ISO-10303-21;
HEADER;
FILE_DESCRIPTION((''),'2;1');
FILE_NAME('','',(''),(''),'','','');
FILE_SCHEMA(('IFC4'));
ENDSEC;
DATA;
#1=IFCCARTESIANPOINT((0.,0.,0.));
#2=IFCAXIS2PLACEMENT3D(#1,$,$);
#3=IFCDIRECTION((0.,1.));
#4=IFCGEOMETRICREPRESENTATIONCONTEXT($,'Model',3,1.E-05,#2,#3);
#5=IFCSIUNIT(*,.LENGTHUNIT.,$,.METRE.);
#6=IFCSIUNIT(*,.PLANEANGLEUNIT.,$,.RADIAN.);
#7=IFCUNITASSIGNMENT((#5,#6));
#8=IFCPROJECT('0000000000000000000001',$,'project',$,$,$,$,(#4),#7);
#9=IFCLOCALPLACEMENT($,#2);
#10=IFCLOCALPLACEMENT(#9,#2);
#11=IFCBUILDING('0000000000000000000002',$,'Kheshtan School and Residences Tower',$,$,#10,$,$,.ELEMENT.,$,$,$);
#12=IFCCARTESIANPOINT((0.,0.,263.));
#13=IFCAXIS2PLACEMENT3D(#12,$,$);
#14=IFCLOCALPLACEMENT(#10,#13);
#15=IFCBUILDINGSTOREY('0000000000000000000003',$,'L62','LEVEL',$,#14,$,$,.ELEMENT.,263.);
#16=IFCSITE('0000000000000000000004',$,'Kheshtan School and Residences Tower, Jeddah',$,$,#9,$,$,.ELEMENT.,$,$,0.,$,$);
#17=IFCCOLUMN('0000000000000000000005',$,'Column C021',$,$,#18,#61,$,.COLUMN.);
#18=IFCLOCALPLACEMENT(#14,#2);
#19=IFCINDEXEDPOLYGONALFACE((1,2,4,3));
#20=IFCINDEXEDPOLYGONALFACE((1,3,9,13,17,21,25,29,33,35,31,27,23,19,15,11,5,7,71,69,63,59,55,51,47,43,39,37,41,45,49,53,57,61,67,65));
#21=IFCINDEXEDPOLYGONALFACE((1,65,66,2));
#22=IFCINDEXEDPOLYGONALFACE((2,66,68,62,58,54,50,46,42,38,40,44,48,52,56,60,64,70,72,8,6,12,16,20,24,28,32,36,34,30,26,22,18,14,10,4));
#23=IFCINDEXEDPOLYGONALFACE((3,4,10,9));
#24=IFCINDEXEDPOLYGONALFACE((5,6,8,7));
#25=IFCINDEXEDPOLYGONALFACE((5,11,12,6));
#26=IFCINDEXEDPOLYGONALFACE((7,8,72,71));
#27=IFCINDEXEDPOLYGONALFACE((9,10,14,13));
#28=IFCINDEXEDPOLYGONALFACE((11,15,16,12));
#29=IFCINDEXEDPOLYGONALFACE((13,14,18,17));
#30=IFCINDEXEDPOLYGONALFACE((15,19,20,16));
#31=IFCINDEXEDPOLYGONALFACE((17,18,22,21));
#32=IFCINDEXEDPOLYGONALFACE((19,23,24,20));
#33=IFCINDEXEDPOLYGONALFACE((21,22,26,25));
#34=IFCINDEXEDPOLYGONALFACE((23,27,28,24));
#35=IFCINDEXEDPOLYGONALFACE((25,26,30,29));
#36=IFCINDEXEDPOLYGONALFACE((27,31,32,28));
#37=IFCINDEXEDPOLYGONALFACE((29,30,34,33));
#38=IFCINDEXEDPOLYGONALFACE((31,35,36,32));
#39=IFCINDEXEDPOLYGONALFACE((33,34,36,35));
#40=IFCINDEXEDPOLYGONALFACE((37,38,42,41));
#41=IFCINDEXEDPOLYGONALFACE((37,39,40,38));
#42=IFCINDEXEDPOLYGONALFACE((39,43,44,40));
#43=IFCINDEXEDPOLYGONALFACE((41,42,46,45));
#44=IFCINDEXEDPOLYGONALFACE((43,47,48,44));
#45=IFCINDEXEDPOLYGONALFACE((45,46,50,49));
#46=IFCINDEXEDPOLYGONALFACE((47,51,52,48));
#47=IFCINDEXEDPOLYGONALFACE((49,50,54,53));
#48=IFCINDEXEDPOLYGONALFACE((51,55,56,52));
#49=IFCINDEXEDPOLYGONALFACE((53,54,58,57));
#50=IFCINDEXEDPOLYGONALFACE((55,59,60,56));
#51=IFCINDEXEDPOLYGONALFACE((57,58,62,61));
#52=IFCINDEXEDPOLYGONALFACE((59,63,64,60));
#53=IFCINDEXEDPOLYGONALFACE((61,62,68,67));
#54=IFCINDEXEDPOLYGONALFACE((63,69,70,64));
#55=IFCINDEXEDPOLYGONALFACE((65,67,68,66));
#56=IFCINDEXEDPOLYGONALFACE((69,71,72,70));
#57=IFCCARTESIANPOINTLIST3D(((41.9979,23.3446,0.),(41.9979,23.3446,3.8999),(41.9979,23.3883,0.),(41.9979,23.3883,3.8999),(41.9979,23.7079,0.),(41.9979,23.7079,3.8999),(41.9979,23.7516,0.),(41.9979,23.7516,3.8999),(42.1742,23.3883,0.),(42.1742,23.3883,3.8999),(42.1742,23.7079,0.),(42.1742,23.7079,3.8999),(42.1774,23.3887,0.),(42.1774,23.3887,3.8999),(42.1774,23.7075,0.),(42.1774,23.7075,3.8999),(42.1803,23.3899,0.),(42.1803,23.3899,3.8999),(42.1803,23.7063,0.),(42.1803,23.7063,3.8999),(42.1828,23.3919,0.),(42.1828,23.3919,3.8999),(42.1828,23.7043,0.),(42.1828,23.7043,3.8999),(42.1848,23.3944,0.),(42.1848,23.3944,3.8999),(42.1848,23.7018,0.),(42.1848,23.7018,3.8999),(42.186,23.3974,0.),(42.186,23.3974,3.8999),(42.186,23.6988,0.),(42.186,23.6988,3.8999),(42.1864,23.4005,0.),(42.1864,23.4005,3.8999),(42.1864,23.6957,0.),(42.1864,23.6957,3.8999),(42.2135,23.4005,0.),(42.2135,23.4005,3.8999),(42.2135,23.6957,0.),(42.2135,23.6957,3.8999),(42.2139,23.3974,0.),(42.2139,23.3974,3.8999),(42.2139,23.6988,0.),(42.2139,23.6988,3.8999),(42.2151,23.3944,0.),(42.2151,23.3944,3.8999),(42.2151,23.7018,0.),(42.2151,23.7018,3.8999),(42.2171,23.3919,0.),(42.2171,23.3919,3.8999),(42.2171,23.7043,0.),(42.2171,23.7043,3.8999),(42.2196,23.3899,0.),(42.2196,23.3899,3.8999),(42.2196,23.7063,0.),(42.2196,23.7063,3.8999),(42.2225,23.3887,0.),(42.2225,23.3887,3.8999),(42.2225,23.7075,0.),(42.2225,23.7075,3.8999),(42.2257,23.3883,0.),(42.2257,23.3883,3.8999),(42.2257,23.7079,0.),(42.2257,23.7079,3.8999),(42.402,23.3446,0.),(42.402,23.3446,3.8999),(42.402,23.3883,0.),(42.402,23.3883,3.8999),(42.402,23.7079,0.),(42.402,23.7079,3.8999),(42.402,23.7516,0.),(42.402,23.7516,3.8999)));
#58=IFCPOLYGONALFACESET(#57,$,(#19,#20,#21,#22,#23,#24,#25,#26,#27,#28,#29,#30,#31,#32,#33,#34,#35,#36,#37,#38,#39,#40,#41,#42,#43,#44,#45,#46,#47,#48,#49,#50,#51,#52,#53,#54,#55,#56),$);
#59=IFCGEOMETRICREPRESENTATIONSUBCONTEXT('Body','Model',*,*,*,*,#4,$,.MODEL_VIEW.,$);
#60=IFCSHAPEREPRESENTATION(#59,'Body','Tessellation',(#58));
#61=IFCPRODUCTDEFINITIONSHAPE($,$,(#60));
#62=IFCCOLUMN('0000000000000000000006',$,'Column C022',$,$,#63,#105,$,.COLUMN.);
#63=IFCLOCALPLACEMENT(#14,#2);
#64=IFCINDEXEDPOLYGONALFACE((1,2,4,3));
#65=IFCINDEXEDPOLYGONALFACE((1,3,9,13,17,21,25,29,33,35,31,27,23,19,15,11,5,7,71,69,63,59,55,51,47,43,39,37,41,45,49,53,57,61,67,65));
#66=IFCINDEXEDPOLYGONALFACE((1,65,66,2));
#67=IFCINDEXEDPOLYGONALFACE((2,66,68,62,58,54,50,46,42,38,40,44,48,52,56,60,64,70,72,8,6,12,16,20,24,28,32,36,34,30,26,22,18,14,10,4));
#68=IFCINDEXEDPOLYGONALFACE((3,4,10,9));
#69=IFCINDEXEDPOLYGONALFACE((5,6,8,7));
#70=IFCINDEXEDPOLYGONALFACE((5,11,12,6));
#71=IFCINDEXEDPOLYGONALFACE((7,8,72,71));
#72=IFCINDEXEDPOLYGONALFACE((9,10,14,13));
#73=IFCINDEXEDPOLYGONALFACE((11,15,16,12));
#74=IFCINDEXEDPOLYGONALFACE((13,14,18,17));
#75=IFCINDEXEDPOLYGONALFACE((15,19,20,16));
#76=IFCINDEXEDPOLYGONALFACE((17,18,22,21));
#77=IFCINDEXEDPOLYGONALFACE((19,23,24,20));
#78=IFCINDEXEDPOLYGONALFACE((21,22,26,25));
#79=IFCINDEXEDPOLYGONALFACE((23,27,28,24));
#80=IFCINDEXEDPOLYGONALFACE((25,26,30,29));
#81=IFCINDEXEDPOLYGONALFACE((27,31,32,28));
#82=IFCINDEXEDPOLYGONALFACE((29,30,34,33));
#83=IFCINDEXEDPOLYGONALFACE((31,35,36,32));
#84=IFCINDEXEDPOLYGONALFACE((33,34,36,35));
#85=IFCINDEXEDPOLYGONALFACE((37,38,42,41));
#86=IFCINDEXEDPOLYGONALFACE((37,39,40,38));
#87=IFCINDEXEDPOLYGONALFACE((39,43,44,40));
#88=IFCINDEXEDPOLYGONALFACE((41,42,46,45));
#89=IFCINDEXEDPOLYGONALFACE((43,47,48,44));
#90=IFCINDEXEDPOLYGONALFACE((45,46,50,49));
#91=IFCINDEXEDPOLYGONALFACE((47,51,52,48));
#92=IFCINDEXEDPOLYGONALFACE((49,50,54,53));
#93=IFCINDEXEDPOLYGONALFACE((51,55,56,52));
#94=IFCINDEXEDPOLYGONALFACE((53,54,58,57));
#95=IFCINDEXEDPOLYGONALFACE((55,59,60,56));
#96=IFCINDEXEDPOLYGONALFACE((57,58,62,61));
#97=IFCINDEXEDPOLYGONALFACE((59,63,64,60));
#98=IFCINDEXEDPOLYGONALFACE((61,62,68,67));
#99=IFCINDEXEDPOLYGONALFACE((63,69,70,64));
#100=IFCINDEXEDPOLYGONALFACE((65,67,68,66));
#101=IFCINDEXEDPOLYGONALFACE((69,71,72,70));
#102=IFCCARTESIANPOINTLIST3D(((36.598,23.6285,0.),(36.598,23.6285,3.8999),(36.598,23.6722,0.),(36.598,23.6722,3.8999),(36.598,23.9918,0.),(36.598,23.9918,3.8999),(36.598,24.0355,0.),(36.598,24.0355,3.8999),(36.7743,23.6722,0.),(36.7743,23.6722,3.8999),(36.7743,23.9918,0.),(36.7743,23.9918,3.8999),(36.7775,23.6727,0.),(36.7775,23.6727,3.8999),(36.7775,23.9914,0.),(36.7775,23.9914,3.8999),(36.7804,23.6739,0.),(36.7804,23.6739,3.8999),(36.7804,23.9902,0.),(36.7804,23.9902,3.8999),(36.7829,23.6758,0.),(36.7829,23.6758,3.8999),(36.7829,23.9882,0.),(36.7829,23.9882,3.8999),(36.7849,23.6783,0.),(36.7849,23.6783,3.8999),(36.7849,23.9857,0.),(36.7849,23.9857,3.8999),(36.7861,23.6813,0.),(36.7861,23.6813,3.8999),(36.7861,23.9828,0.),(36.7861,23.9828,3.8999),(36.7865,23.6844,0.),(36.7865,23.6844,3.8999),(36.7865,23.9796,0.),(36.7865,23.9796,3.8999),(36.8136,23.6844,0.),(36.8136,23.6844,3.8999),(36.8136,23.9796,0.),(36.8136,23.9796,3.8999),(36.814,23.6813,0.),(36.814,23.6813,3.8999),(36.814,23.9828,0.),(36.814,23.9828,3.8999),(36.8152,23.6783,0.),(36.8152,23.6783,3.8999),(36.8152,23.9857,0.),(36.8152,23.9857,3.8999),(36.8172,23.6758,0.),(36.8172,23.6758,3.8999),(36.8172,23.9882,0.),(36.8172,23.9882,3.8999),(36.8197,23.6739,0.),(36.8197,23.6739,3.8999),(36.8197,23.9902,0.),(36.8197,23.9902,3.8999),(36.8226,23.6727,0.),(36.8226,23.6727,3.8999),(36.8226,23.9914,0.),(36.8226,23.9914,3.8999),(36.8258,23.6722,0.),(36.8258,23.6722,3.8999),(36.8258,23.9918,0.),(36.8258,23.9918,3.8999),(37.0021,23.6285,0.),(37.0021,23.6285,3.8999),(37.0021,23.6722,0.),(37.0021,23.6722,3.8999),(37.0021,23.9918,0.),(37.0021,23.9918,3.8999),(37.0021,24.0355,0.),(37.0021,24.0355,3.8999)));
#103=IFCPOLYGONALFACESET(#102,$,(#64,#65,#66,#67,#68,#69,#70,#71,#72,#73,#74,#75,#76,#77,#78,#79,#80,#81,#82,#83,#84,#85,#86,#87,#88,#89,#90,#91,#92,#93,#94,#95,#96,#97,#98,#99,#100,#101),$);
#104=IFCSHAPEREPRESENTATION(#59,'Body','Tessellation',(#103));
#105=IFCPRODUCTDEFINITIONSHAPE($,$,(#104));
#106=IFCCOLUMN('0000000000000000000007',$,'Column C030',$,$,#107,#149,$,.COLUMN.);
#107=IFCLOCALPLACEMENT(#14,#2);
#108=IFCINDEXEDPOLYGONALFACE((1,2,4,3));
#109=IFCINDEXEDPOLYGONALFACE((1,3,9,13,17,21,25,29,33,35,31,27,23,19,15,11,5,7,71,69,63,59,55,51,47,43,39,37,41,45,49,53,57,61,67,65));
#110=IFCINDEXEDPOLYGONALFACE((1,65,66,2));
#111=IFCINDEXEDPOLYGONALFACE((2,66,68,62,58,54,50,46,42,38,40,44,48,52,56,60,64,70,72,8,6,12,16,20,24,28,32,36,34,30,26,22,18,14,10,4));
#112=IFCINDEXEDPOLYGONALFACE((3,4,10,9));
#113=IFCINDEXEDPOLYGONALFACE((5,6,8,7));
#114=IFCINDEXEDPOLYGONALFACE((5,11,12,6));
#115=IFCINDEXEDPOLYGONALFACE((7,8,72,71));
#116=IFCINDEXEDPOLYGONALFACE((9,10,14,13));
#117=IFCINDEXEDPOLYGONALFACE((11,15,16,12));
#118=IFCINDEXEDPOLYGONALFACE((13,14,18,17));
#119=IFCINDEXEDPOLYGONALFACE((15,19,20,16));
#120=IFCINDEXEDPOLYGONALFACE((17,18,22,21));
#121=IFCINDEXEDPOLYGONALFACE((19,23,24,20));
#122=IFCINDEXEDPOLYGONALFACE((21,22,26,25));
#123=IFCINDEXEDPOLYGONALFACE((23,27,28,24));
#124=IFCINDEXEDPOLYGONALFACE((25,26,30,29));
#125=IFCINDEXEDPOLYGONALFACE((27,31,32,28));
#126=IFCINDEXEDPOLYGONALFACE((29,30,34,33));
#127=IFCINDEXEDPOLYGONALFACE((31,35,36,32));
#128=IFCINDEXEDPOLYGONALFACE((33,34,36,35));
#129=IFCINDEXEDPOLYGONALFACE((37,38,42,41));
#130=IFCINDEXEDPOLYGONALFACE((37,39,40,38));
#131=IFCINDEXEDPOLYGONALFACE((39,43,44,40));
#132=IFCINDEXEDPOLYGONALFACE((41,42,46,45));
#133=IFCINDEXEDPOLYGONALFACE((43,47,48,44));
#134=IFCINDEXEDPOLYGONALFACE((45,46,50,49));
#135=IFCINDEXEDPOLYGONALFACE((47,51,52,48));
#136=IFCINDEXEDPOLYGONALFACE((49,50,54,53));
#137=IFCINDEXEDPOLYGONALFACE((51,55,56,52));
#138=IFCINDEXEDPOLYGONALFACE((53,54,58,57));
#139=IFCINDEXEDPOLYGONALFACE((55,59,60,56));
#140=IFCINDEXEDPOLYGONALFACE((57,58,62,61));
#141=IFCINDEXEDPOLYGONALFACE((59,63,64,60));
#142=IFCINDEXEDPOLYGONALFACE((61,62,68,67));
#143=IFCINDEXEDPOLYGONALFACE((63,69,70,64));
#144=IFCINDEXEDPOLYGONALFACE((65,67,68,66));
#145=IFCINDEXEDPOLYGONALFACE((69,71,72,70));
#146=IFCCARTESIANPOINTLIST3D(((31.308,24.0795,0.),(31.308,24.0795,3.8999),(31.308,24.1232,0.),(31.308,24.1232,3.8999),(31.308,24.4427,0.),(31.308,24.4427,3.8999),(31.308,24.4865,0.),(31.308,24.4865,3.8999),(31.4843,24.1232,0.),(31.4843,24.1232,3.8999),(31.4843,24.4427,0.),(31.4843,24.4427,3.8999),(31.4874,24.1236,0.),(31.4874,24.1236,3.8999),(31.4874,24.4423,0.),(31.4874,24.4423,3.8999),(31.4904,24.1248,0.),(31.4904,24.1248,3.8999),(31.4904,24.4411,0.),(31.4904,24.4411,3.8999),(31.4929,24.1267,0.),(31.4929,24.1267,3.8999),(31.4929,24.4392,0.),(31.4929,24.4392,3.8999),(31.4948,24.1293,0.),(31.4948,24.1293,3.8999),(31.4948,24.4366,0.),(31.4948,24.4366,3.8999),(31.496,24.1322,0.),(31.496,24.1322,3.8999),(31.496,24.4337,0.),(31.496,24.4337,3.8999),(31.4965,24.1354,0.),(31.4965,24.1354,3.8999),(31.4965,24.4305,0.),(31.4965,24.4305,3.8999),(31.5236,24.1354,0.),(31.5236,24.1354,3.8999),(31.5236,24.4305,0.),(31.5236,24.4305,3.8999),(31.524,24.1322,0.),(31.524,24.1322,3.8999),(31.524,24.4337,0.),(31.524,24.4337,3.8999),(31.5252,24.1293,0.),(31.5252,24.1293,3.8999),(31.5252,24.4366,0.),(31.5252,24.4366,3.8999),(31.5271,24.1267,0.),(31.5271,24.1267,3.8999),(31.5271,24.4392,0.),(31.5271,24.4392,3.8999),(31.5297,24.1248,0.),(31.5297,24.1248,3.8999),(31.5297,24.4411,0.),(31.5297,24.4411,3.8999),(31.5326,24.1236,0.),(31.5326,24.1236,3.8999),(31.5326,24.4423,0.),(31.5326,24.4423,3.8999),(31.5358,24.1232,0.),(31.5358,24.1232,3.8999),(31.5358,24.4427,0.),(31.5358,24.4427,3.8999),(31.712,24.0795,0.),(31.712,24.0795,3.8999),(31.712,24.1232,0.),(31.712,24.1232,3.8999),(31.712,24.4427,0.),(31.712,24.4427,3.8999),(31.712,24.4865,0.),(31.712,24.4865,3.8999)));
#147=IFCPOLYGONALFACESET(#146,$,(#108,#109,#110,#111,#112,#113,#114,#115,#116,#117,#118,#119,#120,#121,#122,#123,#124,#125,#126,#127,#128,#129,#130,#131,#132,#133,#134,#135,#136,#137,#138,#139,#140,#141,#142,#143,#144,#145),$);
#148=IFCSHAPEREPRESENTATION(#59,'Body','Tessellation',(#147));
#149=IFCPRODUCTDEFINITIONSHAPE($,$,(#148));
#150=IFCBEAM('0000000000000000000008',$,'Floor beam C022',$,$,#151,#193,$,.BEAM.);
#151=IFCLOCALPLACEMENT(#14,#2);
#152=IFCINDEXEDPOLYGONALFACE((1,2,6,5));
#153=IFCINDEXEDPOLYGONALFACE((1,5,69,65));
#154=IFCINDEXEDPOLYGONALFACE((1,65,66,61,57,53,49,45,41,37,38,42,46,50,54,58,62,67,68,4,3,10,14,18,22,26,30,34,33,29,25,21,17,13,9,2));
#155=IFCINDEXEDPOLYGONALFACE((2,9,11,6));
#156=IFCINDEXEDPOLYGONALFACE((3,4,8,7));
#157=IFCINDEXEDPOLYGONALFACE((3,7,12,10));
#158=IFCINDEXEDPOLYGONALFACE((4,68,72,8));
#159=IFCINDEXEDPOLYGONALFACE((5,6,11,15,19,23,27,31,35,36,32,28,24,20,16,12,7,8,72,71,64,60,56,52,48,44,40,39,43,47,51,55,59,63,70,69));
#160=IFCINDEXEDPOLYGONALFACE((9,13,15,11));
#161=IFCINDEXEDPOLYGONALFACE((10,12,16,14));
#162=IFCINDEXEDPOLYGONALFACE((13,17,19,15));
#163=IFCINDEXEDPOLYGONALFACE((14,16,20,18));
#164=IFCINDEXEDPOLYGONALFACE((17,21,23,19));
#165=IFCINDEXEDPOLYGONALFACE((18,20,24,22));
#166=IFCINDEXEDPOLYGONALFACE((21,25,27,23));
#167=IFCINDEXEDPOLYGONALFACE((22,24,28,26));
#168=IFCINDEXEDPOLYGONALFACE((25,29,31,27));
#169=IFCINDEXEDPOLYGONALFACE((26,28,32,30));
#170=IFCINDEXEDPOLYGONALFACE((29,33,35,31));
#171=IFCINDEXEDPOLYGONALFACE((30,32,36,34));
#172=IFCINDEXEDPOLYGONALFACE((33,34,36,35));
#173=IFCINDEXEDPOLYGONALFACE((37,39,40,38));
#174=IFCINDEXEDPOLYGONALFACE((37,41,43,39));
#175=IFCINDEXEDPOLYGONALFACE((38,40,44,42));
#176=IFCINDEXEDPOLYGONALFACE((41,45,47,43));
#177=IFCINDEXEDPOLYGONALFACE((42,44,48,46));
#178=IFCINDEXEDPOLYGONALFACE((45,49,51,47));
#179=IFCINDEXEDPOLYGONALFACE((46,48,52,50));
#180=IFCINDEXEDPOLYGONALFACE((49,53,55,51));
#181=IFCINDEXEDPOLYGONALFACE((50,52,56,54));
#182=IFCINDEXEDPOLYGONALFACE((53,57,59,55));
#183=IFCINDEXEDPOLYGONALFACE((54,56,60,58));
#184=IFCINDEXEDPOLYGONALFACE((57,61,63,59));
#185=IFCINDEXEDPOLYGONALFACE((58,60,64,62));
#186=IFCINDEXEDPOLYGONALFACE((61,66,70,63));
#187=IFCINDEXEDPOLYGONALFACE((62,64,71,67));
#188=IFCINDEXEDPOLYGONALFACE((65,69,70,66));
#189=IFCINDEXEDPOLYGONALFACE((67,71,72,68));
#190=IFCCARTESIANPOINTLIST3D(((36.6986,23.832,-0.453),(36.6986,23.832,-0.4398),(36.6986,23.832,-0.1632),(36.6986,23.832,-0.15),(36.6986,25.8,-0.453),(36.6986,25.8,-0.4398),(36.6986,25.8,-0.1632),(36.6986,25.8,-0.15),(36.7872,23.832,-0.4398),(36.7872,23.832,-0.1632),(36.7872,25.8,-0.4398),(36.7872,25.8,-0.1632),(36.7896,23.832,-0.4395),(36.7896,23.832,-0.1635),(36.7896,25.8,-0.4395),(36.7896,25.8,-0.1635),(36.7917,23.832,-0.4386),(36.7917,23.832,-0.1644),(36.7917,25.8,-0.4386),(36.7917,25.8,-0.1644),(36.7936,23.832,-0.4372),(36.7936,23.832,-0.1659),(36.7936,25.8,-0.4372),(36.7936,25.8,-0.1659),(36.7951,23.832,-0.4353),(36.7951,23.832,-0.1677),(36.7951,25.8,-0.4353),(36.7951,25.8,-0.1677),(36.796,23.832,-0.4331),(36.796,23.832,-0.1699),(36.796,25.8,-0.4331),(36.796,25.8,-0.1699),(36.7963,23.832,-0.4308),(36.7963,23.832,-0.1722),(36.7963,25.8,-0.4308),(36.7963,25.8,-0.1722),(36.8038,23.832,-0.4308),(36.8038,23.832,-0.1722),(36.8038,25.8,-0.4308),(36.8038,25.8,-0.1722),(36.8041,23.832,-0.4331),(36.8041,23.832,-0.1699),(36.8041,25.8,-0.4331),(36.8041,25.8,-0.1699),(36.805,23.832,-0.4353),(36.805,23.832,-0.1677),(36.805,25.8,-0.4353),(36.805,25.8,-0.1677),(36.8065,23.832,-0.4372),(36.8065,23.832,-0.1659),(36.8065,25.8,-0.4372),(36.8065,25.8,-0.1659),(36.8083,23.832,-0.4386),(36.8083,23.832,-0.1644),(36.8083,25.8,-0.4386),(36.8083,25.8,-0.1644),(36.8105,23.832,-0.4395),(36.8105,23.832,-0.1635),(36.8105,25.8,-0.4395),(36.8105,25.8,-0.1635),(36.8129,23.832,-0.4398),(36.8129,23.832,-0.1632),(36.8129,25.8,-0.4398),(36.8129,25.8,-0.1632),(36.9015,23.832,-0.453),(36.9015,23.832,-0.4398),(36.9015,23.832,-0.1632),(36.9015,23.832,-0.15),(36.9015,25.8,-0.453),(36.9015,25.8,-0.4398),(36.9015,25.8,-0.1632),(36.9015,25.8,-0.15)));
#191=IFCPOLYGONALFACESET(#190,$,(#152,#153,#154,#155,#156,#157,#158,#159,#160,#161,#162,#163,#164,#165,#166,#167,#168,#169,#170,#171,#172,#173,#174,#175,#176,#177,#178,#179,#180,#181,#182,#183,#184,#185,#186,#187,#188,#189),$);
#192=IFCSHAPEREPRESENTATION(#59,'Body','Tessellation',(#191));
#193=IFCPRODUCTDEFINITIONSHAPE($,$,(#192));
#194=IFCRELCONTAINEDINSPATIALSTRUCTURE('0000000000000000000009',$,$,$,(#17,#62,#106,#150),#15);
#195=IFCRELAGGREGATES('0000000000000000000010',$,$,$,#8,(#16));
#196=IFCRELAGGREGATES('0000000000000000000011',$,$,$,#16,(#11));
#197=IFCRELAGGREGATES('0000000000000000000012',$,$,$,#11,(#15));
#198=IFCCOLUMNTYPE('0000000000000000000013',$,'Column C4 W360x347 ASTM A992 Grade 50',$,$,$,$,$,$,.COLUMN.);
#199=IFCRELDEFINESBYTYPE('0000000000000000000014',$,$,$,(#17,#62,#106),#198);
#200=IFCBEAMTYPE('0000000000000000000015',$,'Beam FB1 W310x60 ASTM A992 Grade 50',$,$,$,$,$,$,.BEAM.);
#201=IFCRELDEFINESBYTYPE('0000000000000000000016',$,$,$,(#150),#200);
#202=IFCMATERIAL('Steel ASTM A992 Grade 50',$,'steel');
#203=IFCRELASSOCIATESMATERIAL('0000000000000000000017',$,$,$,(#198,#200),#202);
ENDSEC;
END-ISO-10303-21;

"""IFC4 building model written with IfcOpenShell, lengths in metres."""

from ifc_helpers import new_model, si_unit, direction, frame, origin, origin_2d, place, context, subcontext, project, spatial, i_section, extrude, material, material_profile, profile_set, type_object, element, save


model = new_model("IFC4")

# Units and contexts
model_context = context("Model", 3, precision=1e-05, world=origin(), true_north=direction((0.0, 1.0)))
body_context = subcontext(model_context, "Body", "Model", "MODEL_VIEW")
ifc_project = project(units=[si_unit("LENGTHUNIT", "METRE"), si_unit("PLANEANGLEUNIT", "RADIAN")], contexts=[model_context])

# Site, building, storey
site_placement = place(None, origin())
site = spatial("IfcSite", under=ifc_project, at=site_placement, Name="Kheshtan School and Residences Tower, Jeddah", CompositionType="ELEMENT", RefElevation=0.0)
building_placement = place(site_placement, origin())
building = spatial("IfcBuilding", under=site, at=building_placement, Name="Kheshtan School and Residences Tower", CompositionType="ELEMENT")
storey_placement = place(building_placement, frame((0.0, 0.0, 263.0)))
storey = spatial("IfcBuildingStorey", under=building, at=storey_placement, Name="L62", Description="LEVEL", CompositionType="ELEMENT", Elevation=263.0)

# Columns
ifc_material_1 = material(Name="Steel ASTM A992 Grade 50", Category="steel")
ifc_material_profile_1 = material_profile(ifc_material_1, i_section(OverallWidth=0.4041, OverallDepth=0.407, WebThickness=0.0271, FlangeThickness=0.0437, FilletRadius=0.0122, at=origin_2d()), Name="W360x347")
ifc_profile_set_1 = profile_set([ifc_material_profile_1], Name="Steel ASTM A992 Grade 50")
column_type = type_object("IfcColumnType", Name="Column C4 W360x347 ASTM A992 Grade 50", PredefinedType="COLUMN", material=ifc_profile_set_1)
for number, where, z_axis, x_axis, name in (
    (1, (42.2, 23.5481, 0.0), (0.0, 0.0, 1.0), (1.0, 0.0, 0.0), "Column C021"),
    (2, (36.8, 23.832, 0.0), (0.0, 0.0, 1.0), (1.0, 0.0, 0.0), "Column C022"),
    (3, (31.51, 24.283, 0.0), (0.0, 0.0, 1.0), (1.0, 0.0, 0.0), "Column C030"),
):
    element("IfcColumn", number, at=place(storey_placement, frame(where, z_axis=z_axis, x_axis=x_axis)), inside=storey, type_object=column_type, Name=name, PredefinedType="COLUMN", context=body_context, shape_type="SweptSolid", body=[
        extrude(i_section(OverallWidth=0.4041, OverallDepth=0.407, WebThickness=0.0271, FlangeThickness=0.0437, FilletRadius=0.0122, at=origin_2d()), origin(), (0.0, 0.0, 1.0), 3.8999),
    ])

# Beam
ifc_material_profile_2 = material_profile(ifc_material_1, i_section(OverallWidth=0.2029, OverallDepth=0.303, WebThickness=0.0076, FlangeThickness=0.0132, FilletRadius=0.009, at=origin_2d()), Name="W310x60")
ifc_profile_set_2 = profile_set([ifc_material_profile_2], Name="Steel ASTM A992 Grade 50")
beam_type_1 = type_object("IfcBeamType", Name="Beam FB1 W310x60 ASTM A992 Grade 50", PredefinedType="BEAM", material=ifc_profile_set_2)
beam_1_placement = place(storey_placement, frame((36.8, 23.832, -0.3015), z_axis=(0.0, 1.0, 0.0), x_axis=(-1.0, 0.0, 0.0)))
element("IfcBeam", 4, at=beam_1_placement, inside=storey, type_object=beam_type_1, Name="Floor beam C022", PredefinedType="BEAM", context=body_context, shape_type="SweptSolid", body=[
    extrude(i_section(OverallWidth=0.2029, OverallDepth=0.303, WebThickness=0.0076, FlangeThickness=0.0132, FilletRadius=0.009, at=origin_2d()), origin(), (0.0, 0.0, 1.0), 1.968),
])

save(model, "model.ifc")
